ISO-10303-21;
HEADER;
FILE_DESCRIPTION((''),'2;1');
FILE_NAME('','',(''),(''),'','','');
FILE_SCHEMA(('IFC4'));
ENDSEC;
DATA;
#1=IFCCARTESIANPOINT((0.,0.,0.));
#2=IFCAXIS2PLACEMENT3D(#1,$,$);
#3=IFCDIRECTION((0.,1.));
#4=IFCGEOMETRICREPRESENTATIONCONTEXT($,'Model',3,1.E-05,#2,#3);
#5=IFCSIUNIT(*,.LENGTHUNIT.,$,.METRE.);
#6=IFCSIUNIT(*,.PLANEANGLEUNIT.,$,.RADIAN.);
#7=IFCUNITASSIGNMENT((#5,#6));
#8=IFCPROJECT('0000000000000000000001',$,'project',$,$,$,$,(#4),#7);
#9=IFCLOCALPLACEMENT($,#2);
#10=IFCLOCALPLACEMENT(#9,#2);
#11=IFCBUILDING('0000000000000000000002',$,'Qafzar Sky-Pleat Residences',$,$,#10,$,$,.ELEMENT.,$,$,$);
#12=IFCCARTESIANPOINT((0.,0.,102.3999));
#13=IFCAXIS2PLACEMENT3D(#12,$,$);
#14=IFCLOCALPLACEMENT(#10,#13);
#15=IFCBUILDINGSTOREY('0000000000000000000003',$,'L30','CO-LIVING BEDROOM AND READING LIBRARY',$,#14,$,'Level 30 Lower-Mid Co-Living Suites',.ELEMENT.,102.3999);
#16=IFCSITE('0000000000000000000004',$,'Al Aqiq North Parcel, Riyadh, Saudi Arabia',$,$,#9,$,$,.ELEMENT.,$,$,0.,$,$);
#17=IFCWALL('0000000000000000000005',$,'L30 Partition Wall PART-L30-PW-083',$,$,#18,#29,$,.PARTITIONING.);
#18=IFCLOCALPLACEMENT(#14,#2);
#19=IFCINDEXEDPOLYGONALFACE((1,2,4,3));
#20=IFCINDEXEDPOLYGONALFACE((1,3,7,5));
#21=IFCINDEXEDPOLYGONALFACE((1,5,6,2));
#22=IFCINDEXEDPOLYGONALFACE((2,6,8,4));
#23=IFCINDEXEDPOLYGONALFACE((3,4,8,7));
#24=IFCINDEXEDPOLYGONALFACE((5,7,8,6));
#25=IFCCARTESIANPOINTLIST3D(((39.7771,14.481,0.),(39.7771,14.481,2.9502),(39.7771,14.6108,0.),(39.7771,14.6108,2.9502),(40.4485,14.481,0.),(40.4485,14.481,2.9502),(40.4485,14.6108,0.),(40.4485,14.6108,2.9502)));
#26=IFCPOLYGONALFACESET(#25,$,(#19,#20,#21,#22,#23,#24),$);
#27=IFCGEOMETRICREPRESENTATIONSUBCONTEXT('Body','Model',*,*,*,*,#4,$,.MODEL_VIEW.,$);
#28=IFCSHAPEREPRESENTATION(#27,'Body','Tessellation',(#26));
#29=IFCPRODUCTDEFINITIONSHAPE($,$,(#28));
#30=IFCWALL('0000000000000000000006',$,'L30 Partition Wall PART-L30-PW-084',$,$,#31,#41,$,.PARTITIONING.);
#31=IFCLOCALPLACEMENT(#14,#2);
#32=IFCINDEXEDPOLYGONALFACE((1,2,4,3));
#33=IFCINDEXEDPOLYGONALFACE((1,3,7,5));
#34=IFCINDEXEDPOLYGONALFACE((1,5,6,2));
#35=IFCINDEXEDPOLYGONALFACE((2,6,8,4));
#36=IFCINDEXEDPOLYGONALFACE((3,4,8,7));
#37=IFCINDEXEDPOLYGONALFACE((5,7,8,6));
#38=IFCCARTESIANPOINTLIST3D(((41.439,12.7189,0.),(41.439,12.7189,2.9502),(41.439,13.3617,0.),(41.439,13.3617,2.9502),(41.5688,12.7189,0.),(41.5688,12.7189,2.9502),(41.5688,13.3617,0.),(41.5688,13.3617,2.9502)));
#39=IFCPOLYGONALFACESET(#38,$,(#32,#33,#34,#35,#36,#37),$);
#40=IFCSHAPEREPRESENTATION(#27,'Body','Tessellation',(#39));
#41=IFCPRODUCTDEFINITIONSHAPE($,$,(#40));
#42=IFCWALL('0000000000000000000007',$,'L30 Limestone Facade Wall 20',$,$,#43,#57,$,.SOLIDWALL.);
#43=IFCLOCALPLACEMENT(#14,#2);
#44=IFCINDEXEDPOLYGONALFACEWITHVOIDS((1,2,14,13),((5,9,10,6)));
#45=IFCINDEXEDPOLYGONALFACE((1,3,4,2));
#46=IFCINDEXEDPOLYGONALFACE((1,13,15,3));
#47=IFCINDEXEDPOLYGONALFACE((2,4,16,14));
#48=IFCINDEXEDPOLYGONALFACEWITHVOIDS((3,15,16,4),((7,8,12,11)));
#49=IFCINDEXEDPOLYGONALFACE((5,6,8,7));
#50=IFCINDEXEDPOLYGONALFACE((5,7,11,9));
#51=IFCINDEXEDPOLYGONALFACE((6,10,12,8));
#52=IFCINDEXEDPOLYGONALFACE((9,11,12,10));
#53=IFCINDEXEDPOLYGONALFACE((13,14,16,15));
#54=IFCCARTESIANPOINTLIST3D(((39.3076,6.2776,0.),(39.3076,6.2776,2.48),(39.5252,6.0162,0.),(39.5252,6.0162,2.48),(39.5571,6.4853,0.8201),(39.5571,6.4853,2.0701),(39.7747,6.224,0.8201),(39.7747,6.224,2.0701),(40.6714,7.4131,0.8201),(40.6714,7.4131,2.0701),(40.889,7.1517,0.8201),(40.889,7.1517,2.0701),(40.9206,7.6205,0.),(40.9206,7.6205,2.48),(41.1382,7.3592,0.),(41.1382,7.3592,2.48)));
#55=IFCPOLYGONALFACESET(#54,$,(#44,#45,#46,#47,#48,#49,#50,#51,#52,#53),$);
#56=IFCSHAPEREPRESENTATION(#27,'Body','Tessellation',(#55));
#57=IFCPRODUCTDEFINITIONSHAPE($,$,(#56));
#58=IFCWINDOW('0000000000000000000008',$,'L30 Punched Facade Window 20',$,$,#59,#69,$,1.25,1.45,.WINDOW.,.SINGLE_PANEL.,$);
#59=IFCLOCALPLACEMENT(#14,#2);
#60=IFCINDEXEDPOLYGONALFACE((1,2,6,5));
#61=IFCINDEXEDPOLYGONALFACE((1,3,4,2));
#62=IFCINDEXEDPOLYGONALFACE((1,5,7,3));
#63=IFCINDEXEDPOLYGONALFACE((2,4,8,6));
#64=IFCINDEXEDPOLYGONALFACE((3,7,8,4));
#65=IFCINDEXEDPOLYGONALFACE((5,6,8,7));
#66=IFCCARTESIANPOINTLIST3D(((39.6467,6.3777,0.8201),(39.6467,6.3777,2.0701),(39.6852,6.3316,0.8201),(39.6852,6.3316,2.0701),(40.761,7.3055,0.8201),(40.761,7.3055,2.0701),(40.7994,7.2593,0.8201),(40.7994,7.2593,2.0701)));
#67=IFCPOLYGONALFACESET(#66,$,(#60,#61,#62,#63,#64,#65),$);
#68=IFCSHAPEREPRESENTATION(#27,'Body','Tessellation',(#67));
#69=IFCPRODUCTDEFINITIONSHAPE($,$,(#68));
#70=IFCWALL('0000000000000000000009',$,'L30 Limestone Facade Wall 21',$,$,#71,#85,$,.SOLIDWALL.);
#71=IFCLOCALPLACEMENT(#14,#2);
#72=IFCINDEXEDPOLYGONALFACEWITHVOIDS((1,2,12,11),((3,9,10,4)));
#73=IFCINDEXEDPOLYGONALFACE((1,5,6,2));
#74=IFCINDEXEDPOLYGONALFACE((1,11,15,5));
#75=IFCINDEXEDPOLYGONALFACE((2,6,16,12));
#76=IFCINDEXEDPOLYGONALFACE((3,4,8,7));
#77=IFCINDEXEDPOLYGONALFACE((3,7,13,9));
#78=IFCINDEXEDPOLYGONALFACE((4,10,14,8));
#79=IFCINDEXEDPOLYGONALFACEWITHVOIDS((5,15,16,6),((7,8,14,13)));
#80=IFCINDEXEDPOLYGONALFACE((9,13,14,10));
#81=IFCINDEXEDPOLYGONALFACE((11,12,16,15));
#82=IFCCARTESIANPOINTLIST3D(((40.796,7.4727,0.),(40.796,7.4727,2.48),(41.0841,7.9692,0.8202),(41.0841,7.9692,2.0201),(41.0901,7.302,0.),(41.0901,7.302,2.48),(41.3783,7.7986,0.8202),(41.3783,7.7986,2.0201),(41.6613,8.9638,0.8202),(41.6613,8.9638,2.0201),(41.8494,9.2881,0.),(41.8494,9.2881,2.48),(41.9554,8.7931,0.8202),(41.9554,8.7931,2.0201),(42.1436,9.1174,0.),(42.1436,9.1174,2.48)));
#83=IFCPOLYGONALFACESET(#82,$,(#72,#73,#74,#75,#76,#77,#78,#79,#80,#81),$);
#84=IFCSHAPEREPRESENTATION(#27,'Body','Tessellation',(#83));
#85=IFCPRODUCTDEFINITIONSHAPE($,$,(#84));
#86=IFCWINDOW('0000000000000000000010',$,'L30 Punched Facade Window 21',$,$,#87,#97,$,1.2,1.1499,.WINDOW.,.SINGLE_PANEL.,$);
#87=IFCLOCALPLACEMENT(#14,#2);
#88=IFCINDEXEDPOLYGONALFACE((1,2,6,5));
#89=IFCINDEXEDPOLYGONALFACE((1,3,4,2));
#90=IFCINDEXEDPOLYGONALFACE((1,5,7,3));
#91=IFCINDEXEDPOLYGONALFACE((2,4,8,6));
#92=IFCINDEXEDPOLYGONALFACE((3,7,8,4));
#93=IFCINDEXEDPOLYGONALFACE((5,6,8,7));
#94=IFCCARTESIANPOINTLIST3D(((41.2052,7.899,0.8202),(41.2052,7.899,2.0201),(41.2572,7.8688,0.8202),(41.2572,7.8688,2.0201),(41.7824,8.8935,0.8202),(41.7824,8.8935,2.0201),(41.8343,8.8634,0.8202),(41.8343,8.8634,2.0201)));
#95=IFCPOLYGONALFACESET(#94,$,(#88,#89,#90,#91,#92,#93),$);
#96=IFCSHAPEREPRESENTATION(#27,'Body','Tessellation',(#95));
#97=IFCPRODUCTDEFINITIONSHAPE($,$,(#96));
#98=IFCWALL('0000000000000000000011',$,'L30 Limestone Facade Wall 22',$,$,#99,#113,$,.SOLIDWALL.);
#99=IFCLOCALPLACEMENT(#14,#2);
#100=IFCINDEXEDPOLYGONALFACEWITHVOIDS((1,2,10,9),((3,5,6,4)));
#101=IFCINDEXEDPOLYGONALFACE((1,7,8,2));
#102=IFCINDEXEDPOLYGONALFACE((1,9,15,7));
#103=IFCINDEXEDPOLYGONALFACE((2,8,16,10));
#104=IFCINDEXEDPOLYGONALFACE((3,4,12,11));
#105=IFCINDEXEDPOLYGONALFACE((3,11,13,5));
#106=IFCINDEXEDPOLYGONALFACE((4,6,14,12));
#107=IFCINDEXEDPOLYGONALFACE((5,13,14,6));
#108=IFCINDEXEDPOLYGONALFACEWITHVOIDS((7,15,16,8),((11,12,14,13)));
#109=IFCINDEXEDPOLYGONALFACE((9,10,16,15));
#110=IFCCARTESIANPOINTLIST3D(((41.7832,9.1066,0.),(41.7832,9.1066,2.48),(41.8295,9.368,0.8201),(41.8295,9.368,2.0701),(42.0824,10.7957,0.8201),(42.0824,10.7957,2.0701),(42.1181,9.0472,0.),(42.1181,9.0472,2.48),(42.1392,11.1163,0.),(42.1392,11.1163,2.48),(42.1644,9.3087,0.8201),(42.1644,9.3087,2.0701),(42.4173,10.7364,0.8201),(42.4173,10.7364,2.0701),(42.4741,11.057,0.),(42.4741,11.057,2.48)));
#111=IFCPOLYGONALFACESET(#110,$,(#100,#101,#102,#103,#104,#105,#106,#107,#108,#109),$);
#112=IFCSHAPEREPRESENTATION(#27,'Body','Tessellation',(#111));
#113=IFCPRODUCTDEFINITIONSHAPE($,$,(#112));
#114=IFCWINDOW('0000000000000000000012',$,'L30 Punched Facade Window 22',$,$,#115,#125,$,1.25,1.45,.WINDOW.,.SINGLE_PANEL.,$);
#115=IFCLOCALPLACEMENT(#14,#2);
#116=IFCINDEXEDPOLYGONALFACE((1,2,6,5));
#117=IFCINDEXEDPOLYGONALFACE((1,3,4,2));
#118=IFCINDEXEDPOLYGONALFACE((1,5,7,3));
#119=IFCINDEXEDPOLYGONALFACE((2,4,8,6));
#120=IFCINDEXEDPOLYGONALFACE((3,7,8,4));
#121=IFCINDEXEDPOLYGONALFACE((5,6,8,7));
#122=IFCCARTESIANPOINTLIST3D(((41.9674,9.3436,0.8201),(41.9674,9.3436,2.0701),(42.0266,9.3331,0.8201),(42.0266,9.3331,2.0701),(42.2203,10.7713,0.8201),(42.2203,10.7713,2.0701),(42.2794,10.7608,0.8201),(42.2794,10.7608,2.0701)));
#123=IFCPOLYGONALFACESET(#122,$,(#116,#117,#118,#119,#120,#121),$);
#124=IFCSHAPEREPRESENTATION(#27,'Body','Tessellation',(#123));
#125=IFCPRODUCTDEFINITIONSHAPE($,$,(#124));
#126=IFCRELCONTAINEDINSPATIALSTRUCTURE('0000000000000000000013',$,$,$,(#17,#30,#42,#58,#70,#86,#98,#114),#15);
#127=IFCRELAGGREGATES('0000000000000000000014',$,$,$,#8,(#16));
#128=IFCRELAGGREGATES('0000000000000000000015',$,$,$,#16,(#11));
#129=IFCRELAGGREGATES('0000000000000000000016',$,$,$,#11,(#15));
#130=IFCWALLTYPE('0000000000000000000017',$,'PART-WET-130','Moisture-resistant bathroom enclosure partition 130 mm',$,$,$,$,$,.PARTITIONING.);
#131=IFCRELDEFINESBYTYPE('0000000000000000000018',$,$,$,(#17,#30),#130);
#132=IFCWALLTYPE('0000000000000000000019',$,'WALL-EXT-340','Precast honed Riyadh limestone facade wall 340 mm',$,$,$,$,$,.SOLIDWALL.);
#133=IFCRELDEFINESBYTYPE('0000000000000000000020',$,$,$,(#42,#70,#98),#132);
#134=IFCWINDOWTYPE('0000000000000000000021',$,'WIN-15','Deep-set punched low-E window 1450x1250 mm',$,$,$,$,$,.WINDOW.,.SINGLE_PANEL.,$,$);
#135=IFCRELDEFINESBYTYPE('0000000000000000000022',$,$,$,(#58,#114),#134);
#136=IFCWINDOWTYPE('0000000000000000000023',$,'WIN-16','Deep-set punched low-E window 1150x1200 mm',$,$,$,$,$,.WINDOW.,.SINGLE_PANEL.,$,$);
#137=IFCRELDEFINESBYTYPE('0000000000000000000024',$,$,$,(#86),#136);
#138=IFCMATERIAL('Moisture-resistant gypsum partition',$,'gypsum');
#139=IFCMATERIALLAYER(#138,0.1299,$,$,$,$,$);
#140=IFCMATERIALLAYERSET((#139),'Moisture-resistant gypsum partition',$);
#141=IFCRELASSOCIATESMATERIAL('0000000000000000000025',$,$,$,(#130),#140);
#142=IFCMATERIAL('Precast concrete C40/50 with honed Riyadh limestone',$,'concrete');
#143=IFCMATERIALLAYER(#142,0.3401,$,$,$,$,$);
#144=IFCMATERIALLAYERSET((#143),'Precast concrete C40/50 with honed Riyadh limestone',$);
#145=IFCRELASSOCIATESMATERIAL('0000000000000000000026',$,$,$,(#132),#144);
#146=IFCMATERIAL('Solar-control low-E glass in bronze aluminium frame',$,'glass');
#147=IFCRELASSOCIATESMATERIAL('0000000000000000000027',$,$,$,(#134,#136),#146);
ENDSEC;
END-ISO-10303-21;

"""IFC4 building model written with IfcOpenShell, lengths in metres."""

from ifc_helpers import new_model, si_unit, direction, frame, frame_2d, origin, place, context, subcontext, project, spatial, rectangle, extrude, source, transform, mapped, material, layer, layer_set, type_object, element, fill, save


model = new_model("IFC4")

# Units and contexts
model_context = context("Model", 3, precision=1e-05, world=origin(), true_north=direction((0.0, 1.0)))
body_context = subcontext(model_context, "Body", "Model", "MODEL_VIEW")
ifc_project = project(units=[si_unit("LENGTHUNIT", "METRE"), si_unit("PLANEANGLEUNIT", "RADIAN")], contexts=[model_context])

# Site, building, storey
site_placement = place(None, origin())
site = spatial("IfcSite", under=ifc_project, at=site_placement, Name="Al Aqiq North Parcel, Riyadh, Saudi Arabia", CompositionType="ELEMENT", RefElevation=0.0)
building_placement = place(site_placement, origin())
building = spatial("IfcBuilding", under=site, at=building_placement, Name="Qafzar Sky-Pleat Residences", CompositionType="ELEMENT")
storey_placement = place(building_placement, frame((0.0, 0.0, 102.3999)))
storey = spatial("IfcBuildingStorey", under=building, at=storey_placement, Name="L30", Description="CO-LIVING BEDROOM AND READING LIBRARY", LongName="Level 30 Lower-Mid Co-Living Suites", CompositionType="ELEMENT", Elevation=102.3999)

# Shared definitions
ifc_material_1 = material(Name="Moisture-resistant gypsum partition", Category="gypsum")
ifc_layer_1 = layer(ifc_material_1, 0.1299)
ifc_layer_set_1 = layer_set([ifc_layer_1], Name="Moisture-resistant gypsum partition")
wall_type_1 = type_object("IfcWallType", Name="PART-WET-130", Description="Moisture-resistant bathroom enclosure partition 130 mm", PredefinedType="PARTITIONING", material=ifc_layer_set_1)

# Walls
wall_1_placement = place(storey_placement, frame((39.7771, 14.5459, 0.0), z_axis=(0.0, 0.0, 1.0), x_axis=(1.0, 0.0, 0.0)))
element("IfcWall", 1, at=wall_1_placement, inside=storey, type_object=wall_type_1, Name="L30 Partition Wall PART-L30-PW-083", PredefinedType="PARTITIONING", context=body_context, shape_type="SweptSolid", body=[
    extrude(rectangle(XDim=0.6714, YDim=0.1299, at=frame_2d((0.3357, 0.0))), origin(), (0.0, 0.0, 1.0), 2.9502),
])
wall_2_placement = place(storey_placement, frame((41.5039, 12.719, 0.0), z_axis=(0.0, 0.0, 1.0), x_axis=(0.0, 1.0, 0.0)))
element("IfcWall", 2, at=wall_2_placement, inside=storey, type_object=wall_type_1, Name="L30 Partition Wall PART-L30-PW-084", PredefinedType="PARTITIONING", context=body_context, shape_type="SweptSolid", body=[
    extrude(rectangle(XDim=0.6428, YDim=0.1299, at=frame_2d((0.3213, 0.0))), origin(), (0.0, 0.0, 1.0), 2.9502),
])

# Walls, openings, windows
ifc_material_2 = material(Name="Precast concrete C40/50 with honed Riyadh limestone", Category="concrete")
ifc_layer_2 = layer(ifc_material_2, 0.3401)
ifc_layer_set_2 = layer_set([ifc_layer_2], Name="Precast concrete C40/50 with honed Riyadh limestone")
wall_type_2 = type_object("IfcWallType", Name="WALL-EXT-340", Description="Precast honed Riyadh limestone facade wall 340 mm", PredefinedType="SOLIDWALL", material=ifc_layer_set_2)
wall_3_placement = place(storey_placement, frame((39.4165, 6.147, 0.0), z_axis=(0.0, 0.0, 1.0), x_axis=(0.768498, 0.639853, 0.0)))
wall_3 = element("IfcWall", 3, at=wall_3_placement, inside=storey, type_object=wall_type_2, Name="L30 Limestone Facade Wall 20", PredefinedType="SOLIDWALL", context=body_context, shape_type="SweptSolid", body=[
    extrude(rectangle(XDim=2.0989, YDim=0.3401, at=frame_2d((1.0493, 0.0))), origin(), (0.0, 0.0, 1.0), 2.48),
])
opening_1_placement = place(wall_3_placement, frame((0.3245, 0.0, 0.8201)))
opening_1 = element("IfcOpeningElement", 4, at=opening_1_placement, cuts=wall_3, PredefinedType="OPENING", context=body_context, shape_type="SweptSolid", body=[
    extrude(rectangle(XDim=1.45, YDim=1.25, at=frame_2d((0.7251, 0.625))), frame((0.0, 0.1802, 0.0), z_axis=(0.0, -1.0, 0.0), x_axis=(1.0, 0.0, 0.0)), (0.0, 0.0, 1.0), 0.3601),
])
ifc_material_3 = material(Name="Solar-control low-E glass in bronze aluminium frame", Category="glass")
window_type_1 = type_object("IfcWindowType", Name="WIN-15", Description="Deep-set punched low-E window 1450x1250 mm", PartitioningType="SINGLE_PANEL", PredefinedType="WINDOW", material=ifc_material_3)
shared_shape_1 = source(origin(), body_context, "Body", "SweptSolid", [
    extrude(rectangle(XDim=1.45, YDim=1.25, at=frame_2d((0.7251, 0.625))), frame((0.0, 0.03, 0.0), z_axis=(0.0, -1.0, 0.0), x_axis=(1.0, 0.0, 0.0)), (0.0, 0.0, 1.0), 0.0601),
])
window_1_placement = place(opening_1_placement, origin())
window_1 = element("IfcWindow", 5, at=window_1_placement, inside=storey, type_object=window_type_1, Name="L30 Punched Facade Window 20", OverallHeight=1.25, OverallWidth=1.45, PartitioningType="SINGLE_PANEL", PredefinedType="WINDOW", context=body_context, shape_type="MappedRepresentation", body=[
    mapped(shared_shape_1, transform((0.0, 0.0, 0.0), x_axis=(1.0, 0.0, 0.0), y_axis=(0.0, 1.0, 0.0), z_axis=(0.0, 0.0, 1.0), scale=1.0)),
])
fill(opening_1, window_1)
wall_4_placement = place(storey_placement, frame((40.9431, 7.3875, 0.0), z_axis=(0.0, 0.0, 1.0), x_axis=(0.501903, 0.864924, 0.0)))
wall_4 = element("IfcWall", 6, at=wall_4_placement, inside=storey, type_object=wall_type_2, Name="L30 Limestone Facade Wall 21", PredefinedType="SOLIDWALL", context=body_context, shape_type="SweptSolid", body=[
    extrude(rectangle(XDim=2.0989, YDim=0.3401, at=frame_2d((1.0493, 0.0))), origin(), (0.0, 0.0, 1.0), 2.48),
])
opening_2_placement = place(wall_4_placement, frame((0.574, 0.0, 0.8201)))
opening_2 = element("IfcOpeningElement", 7, at=opening_2_placement, cuts=wall_4, PredefinedType="OPENING", context=body_context, shape_type="SweptSolid", body=[
    extrude(rectangle(XDim=1.1499, YDim=1.2, at=frame_2d((0.575, 0.6001))), frame((0.0, 0.1802, 0.0), z_axis=(0.0, -1.0, 0.0), x_axis=(1.0, 0.0, 0.0)), (0.0, 0.0, 1.0), 0.3601),
])
window_type_2 = type_object("IfcWindowType", Name="WIN-16", Description="Deep-set punched low-E window 1150x1200 mm", PartitioningType="SINGLE_PANEL", PredefinedType="WINDOW", material=ifc_material_3)
shared_shape_2 = source(origin(), body_context, "Body", "SweptSolid", [
    extrude(rectangle(XDim=1.1499, YDim=1.2, at=frame_2d((0.575, 0.6001))), frame((0.0, 0.03, 0.0), z_axis=(0.0, -1.0, 0.0), x_axis=(1.0, 0.0, 0.0)), (0.0, 0.0, 1.0), 0.0601),
])
window_2_placement = place(opening_2_placement, origin())
window_2 = element("IfcWindow", 8, at=window_2_placement, inside=storey, type_object=window_type_2, Name="L30 Punched Facade Window 21", OverallHeight=1.2, OverallWidth=1.1499, PartitioningType="SINGLE_PANEL", PredefinedType="WINDOW", context=body_context, shape_type="MappedRepresentation", body=[
    mapped(shared_shape_2, transform((0.0, 0.0, 0.0), x_axis=(1.0, 0.0, 0.0), y_axis=(0.0, 1.0, 0.0), z_axis=(0.0, 0.0, 1.0), scale=1.0)),
])
fill(opening_2, window_2)
wall_5_placement = place(storey_placement, frame((41.9507, 9.0769, 0.0), z_axis=(0.0, 0.0, 1.0), x_axis=(0.174399, 0.984675, 0.0)))
wall_5 = element("IfcWall", 9, at=wall_5_placement, inside=storey, type_object=wall_type_2, Name="L30 Limestone Facade Wall 22", PredefinedType="SOLIDWALL", context=body_context, shape_type="SweptSolid", body=[
    extrude(rectangle(XDim=2.041, YDim=0.3401, at=frame_2d((1.0205, 0.0))), origin(), (0.0, 0.0, 1.0), 2.48),
])
opening_3_placement = place(wall_5_placement, frame((0.2654, 0.0, 0.8201)))
opening_3 = element("IfcOpeningElement", 10, at=opening_3_placement, cuts=wall_5, PredefinedType="OPENING", context=body_context, shape_type="SweptSolid", body=[
    extrude(rectangle(XDim=1.45, YDim=1.25, at=frame_2d((0.7251, 0.625))), frame((0.0, 0.1802, 0.0), z_axis=(0.0, -1.0, 0.0), x_axis=(1.0, 0.0, 0.0)), (0.0, 0.0, 1.0), 0.3601),
])
window_3_placement = place(opening_3_placement, origin())
window_3 = element("IfcWindow", 11, at=window_3_placement, inside=storey, type_object=window_type_1, Name="L30 Punched Facade Window 22", OverallHeight=1.25, OverallWidth=1.45, PartitioningType="SINGLE_PANEL", PredefinedType="WINDOW", context=body_context, shape_type="MappedRepresentation", body=[
    mapped(shared_shape_1, transform((0.0, 0.0, 0.0), x_axis=(1.0, 0.0, 0.0), y_axis=(0.0, 1.0, 0.0), z_axis=(0.0, 0.0, 1.0), scale=1.0)),
])
fill(opening_3, window_3)

save(model, "model.ifc")
